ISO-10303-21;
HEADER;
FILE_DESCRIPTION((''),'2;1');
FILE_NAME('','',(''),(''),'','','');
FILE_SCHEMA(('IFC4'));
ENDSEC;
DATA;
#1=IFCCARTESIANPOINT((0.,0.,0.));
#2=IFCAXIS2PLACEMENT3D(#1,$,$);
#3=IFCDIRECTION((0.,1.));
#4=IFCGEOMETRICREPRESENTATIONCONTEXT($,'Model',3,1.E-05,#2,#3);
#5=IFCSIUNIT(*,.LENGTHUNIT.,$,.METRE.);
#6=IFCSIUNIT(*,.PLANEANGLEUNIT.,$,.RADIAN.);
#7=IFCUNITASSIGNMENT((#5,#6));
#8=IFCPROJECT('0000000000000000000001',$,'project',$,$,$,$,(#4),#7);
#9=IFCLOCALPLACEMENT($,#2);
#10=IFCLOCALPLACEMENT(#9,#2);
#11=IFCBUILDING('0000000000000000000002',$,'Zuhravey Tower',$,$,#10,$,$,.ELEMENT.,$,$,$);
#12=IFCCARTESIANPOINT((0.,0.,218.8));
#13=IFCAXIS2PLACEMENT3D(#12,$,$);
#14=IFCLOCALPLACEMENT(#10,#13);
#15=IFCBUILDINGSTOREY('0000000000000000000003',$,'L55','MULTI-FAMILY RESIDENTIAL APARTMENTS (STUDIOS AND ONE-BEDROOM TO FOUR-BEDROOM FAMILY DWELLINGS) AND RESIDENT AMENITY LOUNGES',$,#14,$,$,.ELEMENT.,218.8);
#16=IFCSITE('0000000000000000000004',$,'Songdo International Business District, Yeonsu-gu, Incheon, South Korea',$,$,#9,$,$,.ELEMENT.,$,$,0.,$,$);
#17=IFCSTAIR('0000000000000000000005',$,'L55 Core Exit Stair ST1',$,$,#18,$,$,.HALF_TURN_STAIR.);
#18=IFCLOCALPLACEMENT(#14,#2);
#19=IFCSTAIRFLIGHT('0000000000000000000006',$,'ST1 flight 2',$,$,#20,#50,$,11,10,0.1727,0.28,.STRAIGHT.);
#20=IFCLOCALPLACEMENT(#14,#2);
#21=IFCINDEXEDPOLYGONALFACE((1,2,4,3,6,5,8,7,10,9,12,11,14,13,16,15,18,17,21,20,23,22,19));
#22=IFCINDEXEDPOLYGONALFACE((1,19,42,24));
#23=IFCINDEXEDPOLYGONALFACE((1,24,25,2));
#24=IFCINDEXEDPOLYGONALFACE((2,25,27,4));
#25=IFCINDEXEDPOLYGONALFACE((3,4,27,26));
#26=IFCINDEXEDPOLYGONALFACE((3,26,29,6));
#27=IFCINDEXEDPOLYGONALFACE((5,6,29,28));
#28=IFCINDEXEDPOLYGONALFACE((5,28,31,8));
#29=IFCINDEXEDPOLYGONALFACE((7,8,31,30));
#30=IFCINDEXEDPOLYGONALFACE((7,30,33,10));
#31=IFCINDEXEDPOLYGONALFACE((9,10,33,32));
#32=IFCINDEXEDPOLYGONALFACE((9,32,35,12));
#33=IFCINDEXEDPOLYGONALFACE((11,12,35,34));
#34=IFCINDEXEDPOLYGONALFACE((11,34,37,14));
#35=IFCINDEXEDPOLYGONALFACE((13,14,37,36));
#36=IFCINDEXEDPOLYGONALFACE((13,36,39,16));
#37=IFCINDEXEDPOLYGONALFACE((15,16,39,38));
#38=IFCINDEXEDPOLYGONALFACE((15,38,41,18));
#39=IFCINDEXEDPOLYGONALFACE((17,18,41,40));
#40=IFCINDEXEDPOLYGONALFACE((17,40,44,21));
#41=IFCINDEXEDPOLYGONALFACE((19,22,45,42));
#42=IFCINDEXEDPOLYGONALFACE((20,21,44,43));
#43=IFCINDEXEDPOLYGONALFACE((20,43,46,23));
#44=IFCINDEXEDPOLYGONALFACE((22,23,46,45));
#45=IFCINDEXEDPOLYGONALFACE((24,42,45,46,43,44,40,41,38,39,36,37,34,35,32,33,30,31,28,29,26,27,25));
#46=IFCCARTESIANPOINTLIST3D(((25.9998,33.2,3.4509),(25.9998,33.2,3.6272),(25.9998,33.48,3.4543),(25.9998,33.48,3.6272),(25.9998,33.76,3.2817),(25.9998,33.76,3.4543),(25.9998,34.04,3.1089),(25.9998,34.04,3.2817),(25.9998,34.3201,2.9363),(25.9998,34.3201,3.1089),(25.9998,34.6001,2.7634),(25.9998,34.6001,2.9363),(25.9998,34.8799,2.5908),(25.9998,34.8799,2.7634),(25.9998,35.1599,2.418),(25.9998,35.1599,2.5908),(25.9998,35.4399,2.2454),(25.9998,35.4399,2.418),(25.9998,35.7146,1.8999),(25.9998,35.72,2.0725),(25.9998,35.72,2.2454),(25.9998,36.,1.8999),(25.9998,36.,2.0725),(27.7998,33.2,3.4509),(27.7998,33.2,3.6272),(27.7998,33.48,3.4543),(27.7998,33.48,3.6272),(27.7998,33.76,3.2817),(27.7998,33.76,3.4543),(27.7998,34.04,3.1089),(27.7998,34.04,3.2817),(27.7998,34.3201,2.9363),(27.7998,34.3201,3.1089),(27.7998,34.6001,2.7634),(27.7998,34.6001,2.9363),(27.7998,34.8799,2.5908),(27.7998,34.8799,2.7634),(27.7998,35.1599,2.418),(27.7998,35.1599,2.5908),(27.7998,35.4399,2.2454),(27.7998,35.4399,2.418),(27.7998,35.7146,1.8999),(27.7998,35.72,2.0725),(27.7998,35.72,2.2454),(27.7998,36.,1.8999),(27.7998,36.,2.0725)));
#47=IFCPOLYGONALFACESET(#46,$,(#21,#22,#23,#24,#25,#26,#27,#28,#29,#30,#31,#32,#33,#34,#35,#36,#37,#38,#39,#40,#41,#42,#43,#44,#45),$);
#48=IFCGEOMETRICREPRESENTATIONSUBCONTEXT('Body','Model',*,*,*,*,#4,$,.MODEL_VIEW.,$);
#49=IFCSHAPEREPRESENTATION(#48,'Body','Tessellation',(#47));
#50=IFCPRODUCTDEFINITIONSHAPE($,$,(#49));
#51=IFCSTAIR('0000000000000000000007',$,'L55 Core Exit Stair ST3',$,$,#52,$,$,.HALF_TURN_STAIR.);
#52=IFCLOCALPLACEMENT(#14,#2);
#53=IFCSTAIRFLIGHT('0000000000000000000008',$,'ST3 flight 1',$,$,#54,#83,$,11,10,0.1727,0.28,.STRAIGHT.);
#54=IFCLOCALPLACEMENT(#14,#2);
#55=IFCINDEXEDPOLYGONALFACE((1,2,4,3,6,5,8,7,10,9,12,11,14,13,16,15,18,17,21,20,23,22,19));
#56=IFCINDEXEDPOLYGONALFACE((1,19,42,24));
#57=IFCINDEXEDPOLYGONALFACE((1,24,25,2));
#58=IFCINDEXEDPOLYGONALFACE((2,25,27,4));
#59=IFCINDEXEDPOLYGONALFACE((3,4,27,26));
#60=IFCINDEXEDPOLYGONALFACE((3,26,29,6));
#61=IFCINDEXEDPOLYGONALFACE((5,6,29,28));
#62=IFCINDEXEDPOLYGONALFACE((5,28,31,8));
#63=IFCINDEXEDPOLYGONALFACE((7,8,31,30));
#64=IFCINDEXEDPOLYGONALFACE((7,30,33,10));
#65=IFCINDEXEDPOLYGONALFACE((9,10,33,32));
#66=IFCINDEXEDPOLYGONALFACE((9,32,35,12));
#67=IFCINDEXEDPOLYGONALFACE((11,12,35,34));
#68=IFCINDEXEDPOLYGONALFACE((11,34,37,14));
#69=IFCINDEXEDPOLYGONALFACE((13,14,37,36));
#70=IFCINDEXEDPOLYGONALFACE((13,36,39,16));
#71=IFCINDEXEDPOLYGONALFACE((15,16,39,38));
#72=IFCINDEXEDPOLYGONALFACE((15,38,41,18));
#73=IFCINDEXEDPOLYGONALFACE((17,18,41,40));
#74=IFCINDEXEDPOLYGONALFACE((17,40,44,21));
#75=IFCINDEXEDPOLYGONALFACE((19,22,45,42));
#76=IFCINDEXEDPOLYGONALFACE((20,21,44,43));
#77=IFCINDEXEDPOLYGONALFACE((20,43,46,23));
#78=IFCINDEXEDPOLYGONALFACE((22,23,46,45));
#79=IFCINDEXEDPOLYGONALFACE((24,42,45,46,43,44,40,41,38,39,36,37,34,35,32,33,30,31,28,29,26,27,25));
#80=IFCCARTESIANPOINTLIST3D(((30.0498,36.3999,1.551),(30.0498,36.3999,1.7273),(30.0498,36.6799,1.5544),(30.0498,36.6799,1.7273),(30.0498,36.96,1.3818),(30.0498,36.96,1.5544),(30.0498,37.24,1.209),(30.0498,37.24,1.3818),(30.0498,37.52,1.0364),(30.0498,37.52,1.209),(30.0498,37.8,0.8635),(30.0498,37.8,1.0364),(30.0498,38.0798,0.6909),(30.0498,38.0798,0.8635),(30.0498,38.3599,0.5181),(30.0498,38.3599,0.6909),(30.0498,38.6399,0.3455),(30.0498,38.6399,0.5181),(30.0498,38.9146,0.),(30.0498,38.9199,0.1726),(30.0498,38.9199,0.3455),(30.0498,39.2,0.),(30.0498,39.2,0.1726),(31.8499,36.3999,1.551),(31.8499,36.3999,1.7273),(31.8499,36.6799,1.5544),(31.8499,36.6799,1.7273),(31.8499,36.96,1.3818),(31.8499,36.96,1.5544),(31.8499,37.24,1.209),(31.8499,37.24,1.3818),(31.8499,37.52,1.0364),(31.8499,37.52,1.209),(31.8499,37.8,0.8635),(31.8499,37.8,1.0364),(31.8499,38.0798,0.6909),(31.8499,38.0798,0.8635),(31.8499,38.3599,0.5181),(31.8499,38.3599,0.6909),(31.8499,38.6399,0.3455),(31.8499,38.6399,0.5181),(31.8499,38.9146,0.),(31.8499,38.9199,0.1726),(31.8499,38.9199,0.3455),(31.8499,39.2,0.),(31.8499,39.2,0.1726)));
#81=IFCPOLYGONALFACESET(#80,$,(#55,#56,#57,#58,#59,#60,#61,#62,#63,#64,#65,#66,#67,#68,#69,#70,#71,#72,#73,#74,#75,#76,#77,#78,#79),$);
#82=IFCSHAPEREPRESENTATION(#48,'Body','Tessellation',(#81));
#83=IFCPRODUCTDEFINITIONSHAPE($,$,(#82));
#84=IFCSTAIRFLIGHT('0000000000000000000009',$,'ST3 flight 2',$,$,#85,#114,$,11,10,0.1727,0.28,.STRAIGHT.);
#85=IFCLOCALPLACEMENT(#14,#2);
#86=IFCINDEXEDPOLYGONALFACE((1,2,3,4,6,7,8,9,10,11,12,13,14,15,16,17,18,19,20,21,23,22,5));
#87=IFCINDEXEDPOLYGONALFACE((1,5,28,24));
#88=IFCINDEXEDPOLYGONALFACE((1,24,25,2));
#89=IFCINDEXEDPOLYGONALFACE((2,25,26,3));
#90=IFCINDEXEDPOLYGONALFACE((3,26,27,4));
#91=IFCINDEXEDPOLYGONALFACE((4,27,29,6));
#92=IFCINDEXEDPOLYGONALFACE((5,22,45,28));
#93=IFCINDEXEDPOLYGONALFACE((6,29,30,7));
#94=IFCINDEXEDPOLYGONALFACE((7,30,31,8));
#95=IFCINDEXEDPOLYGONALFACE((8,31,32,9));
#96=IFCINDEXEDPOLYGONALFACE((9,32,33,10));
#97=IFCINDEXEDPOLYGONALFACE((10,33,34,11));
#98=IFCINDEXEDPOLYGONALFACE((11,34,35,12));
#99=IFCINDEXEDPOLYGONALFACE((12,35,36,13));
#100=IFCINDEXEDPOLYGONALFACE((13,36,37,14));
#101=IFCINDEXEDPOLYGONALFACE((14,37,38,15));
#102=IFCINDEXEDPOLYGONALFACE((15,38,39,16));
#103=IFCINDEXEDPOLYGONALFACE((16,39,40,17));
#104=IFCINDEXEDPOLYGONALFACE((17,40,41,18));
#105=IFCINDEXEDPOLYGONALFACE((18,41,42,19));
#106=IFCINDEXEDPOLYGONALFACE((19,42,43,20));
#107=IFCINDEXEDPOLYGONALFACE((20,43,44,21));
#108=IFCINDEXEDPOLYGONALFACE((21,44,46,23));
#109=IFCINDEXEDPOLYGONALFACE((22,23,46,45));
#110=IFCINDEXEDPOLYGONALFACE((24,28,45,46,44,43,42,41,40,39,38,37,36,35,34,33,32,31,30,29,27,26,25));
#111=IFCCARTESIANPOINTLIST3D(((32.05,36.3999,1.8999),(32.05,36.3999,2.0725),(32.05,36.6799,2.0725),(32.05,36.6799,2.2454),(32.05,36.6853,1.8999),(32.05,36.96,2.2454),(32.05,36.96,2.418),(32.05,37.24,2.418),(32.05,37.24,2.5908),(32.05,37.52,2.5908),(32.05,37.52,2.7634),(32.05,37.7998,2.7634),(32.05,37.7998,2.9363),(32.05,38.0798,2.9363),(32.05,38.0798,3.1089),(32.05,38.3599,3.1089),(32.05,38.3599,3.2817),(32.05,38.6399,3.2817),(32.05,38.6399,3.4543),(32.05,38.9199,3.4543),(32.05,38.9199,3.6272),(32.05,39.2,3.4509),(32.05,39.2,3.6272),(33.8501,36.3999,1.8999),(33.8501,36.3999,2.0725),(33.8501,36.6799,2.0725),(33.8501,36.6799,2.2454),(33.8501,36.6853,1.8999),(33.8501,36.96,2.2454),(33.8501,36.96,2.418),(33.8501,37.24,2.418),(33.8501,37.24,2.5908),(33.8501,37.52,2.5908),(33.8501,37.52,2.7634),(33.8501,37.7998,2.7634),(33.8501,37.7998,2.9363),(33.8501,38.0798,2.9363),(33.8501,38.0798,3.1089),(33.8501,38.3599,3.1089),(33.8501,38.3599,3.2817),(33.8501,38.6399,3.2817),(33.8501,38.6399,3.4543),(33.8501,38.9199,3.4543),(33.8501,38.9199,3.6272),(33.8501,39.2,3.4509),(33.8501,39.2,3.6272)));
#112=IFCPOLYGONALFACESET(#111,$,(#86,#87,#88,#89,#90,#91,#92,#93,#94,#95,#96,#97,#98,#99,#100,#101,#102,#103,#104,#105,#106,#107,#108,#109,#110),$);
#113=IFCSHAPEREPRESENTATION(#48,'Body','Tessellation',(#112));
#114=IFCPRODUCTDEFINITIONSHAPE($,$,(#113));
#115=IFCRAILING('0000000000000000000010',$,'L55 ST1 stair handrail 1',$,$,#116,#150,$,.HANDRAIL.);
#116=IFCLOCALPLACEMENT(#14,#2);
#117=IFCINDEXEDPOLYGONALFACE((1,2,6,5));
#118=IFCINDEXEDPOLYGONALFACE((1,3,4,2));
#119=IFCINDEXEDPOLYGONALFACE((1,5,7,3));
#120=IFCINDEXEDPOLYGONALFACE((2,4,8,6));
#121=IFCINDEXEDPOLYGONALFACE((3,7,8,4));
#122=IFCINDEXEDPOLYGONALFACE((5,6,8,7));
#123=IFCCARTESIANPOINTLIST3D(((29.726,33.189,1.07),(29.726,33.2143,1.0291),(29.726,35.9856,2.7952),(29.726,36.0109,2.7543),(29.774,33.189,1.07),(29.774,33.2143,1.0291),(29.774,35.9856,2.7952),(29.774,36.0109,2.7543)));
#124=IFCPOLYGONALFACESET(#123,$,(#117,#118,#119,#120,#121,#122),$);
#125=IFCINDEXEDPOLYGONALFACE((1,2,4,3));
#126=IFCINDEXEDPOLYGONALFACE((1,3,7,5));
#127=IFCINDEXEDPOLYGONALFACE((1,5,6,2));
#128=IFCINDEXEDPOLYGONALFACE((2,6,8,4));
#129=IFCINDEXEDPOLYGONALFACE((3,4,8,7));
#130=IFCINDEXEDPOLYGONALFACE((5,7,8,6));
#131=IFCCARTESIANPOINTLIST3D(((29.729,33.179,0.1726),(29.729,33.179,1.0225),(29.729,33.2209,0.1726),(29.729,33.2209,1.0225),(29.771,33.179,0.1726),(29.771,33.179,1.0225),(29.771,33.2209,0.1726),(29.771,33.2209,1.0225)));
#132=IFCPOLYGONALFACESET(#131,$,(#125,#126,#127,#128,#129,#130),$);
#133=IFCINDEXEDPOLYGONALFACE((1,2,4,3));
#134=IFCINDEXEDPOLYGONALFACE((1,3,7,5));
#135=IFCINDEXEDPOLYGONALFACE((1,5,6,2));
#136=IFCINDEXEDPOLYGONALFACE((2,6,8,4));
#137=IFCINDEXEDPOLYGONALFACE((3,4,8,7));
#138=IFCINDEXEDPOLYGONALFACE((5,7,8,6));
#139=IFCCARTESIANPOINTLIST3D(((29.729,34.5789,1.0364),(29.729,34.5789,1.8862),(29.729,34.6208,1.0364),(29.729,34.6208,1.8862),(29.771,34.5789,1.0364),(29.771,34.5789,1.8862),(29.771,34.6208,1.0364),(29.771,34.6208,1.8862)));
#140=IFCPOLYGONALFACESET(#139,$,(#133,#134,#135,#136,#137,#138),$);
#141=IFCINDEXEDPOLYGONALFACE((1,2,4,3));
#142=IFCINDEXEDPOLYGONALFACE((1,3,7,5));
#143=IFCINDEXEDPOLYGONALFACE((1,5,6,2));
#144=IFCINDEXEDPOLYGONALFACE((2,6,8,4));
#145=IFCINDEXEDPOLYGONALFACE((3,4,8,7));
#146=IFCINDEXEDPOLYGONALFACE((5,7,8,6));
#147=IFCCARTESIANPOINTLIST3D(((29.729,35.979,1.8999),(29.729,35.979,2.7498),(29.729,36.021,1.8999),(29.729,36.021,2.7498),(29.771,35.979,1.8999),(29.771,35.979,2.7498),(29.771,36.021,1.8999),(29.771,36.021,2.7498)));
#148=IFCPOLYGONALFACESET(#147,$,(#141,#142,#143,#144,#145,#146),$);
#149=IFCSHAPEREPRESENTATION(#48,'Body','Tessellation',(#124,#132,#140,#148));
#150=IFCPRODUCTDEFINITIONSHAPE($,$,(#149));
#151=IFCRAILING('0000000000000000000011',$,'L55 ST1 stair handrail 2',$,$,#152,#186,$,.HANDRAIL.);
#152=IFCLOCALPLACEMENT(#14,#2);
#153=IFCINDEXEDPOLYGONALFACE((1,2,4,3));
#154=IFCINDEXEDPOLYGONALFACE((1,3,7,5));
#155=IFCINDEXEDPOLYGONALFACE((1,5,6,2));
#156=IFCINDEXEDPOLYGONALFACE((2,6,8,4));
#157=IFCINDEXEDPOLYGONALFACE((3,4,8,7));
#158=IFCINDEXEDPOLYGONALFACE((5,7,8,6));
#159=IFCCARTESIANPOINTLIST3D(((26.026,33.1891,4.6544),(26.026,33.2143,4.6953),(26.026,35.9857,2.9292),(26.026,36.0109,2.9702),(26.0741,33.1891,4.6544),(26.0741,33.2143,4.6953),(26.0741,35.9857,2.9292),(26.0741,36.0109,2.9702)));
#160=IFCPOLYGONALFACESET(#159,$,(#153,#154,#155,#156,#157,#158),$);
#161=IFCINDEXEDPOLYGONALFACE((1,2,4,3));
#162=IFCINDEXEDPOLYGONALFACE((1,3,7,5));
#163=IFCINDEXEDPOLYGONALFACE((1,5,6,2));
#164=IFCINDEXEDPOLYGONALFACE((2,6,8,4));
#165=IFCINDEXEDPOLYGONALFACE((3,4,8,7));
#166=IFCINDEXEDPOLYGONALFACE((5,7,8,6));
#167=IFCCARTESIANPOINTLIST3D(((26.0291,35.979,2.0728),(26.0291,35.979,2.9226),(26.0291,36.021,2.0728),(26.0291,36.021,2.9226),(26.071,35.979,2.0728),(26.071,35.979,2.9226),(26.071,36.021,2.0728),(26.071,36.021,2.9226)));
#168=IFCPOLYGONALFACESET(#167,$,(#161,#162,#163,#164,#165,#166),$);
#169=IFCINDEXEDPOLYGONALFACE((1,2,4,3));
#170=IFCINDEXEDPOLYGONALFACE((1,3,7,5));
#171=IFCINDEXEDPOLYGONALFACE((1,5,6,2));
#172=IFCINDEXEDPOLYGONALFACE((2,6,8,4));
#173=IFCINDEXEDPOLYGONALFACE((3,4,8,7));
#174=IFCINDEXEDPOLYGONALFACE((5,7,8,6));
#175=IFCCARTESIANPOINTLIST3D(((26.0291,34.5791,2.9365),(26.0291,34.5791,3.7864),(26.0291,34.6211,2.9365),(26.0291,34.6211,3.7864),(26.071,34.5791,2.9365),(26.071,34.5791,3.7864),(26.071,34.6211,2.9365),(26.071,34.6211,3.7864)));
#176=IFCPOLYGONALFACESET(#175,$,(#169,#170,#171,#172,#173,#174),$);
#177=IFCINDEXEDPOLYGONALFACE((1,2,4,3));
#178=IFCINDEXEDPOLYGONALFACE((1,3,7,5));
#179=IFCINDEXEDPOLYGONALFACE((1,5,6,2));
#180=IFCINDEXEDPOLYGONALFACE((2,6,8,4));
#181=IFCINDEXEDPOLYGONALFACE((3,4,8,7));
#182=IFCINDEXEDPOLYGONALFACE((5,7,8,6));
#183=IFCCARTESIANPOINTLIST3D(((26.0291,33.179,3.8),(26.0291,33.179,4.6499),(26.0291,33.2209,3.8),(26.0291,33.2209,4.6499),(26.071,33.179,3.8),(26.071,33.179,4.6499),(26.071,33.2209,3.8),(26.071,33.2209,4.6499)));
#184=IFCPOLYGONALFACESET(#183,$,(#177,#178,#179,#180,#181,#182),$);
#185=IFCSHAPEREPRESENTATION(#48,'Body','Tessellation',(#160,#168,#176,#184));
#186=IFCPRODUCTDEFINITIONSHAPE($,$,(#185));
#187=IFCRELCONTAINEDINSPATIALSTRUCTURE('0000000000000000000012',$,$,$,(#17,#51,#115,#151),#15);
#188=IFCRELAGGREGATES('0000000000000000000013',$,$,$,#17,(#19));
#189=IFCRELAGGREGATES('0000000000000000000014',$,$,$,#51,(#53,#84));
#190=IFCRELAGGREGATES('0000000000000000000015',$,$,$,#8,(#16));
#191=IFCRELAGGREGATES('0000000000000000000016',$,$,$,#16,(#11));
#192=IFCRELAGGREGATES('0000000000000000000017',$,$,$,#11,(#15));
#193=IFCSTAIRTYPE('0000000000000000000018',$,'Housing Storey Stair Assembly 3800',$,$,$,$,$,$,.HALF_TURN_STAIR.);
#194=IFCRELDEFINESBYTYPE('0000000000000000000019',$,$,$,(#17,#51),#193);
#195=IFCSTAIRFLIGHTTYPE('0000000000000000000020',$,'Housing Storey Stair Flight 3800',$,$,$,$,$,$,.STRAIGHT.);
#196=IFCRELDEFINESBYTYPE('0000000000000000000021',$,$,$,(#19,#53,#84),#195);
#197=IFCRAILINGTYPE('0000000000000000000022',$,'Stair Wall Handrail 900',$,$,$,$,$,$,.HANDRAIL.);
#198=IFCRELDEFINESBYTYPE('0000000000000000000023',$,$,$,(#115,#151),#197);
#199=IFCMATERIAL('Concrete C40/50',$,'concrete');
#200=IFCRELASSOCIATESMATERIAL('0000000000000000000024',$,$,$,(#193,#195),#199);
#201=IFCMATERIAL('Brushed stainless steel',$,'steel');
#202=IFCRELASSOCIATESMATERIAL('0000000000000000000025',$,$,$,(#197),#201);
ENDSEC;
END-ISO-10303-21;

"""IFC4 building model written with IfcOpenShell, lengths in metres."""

from ifc_helpers import new_model, si_unit, direction, frame, origin, origin_2d, place, context, subcontext, project, spatial, polyline, rectangle, outline, extrude, material, type_object, element, aggregate, save


model = new_model("IFC4")

# Units and contexts
model_context = context("Model", 3, precision=1e-05, world=origin(), true_north=direction((0.0, 1.0)))
body_context = subcontext(model_context, "Body", "Model", "MODEL_VIEW")
ifc_project = project(units=[si_unit("LENGTHUNIT", "METRE"), si_unit("PLANEANGLEUNIT", "RADIAN")], contexts=[model_context])

# Site, building, storey
site_placement = place(None, origin())
site = spatial("IfcSite", under=ifc_project, at=site_placement, Name="Songdo International Business District, Yeonsu-gu, Incheon, South Korea", CompositionType="ELEMENT", RefElevation=0.0)
building_placement = place(site_placement, origin())
building = spatial("IfcBuilding", under=site, at=building_placement, Name="Zuhravey Tower", CompositionType="ELEMENT")
storey_placement = place(building_placement, frame((0.0, 0.0, 218.8)))
storey = spatial("IfcBuildingStorey", under=building, at=storey_placement, Name="L55", Description="MULTI-FAMILY RESIDENTIAL APARTMENTS (STUDIOS AND ONE-BEDROOM TO FOUR-BEDROOM FAMILY DWELLINGS) AND RESIDENT AMENITY LOUNGES", CompositionType="ELEMENT", Elevation=218.8)

# Stairs, stair flights
ifc_material_1 = material(Name="Concrete C40/50", Category="concrete")
stair_type = type_object("IfcStairType", Name="Housing Storey Stair Assembly 3800", PredefinedType="HALF_TURN_STAIR", material=ifc_material_1)
stair_1_placement = place(storey_placement, origin())
stair_1 = element("IfcStair", 1, at=stair_1_placement, inside=storey, type_object=stair_type, Name="L55 Core Exit Stair ST1", PredefinedType="HALF_TURN_STAIR")
stair_flight_type = type_object("IfcStairFlightType", Name="Housing Storey Stair Flight 3800", PredefinedType="STRAIGHT", material=ifc_material_1)
stair_flight_1_placement = place(storey_placement, frame((26.8999, 36.0, 1.8999), z_axis=(0.0, 0.0, 1.0), x_axis=(0.0, -1.0, 0.0)))
stair_flight_1 = element("IfcStairFlight", 2, at=stair_flight_1_placement, type_object=stair_flight_type, Name="ST1 flight 2", NumberOfRisers=11, NumberOfTreads=10, PredefinedType="STRAIGHT", RiserHeight=0.1727, TreadLength=0.28, context=body_context, shape_type="SweptSolid", body=[
    extrude(outline(polyline([(0.0, 0.0), (0.0, 0.1726), (0.28, 0.1726), (0.28, 0.3455), (0.5601, 0.3455), (0.5601, 0.5181), (0.8401, 0.5181), (0.8401, 0.6909), (1.1201, 0.6909), (1.1201, 0.8635), (1.3999, 0.8635), (1.3999, 1.0364), (1.6799, 1.0364), (1.6799, 1.209), (1.96, 1.209), (1.96, 1.3818), (2.24, 1.3818), (2.24, 1.5544), (2.52, 1.5544), (2.52, 1.7273), (2.8, 1.7273), (2.8, 1.8999), (2.8, 1.551), (0.2854, 0.0), (0.0, 0.0)])), frame((0.0, 0.8999, 0.0), z_axis=(0.0, -1.0, 0.0), x_axis=(1.0, 0.0, 0.0)), (0.0, 0.0, 1.0), 1.8),
])
aggregate(stair_1, [stair_flight_1])
stair_2_placement = place(storey_placement, origin())
stair_2 = element("IfcStair", 3, at=stair_2_placement, inside=storey, type_object=stair_type, Name="L55 Core Exit Stair ST3", PredefinedType="HALF_TURN_STAIR")
stair_flight_2_placement = place(storey_placement, frame((30.95, 39.2, 0.0), z_axis=(0.0, 0.0, 1.0), x_axis=(0.0, -1.0, 0.0)))
stair_flight_2 = element("IfcStairFlight", 4, at=stair_flight_2_placement, type_object=stair_flight_type, Name="ST3 flight 1", NumberOfRisers=11, NumberOfTreads=10, PredefinedType="STRAIGHT", RiserHeight=0.1727, TreadLength=0.28, context=body_context, shape_type="SweptSolid", body=[
    extrude(outline(polyline([(0.0, 0.0), (0.0, 0.1726), (0.28, 0.1726), (0.28, 0.3455), (0.5601, 0.3455), (0.5601, 0.5181), (0.8401, 0.5181), (0.8401, 0.6909), (1.1201, 0.6909), (1.1201, 0.8635), (1.3999, 0.8635), (1.3999, 1.0364), (1.6799, 1.0364), (1.6799, 1.209), (1.96, 1.209), (1.96, 1.3818), (2.24, 1.3818), (2.24, 1.5544), (2.52, 1.5544), (2.52, 1.7273), (2.8, 1.7273), (2.8, 1.8999), (2.8, 1.551), (0.2854, 0.0), (0.0, 0.0)])), frame((0.0, 0.8999, 0.0), z_axis=(0.0, -1.0, 0.0), x_axis=(1.0, 0.0, 0.0)), (0.0, 0.0, 1.0), 1.8),
])
stair_flight_3_placement = place(storey_placement, frame((32.95, 36.3999, 1.8999), z_axis=(0.0, 0.0, 1.0), x_axis=(0.0, 1.0, 0.0)))
stair_flight_3 = element("IfcStairFlight", 5, at=stair_flight_3_placement, type_object=stair_flight_type, Name="ST3 flight 2", NumberOfRisers=11, NumberOfTreads=10, PredefinedType="STRAIGHT", RiserHeight=0.1727, TreadLength=0.28, context=body_context, shape_type="SweptSolid", body=[
    extrude(outline(polyline([(0.0, 0.0), (0.0, 0.1726), (0.28, 0.1726), (0.28, 0.3455), (0.5601, 0.3455), (0.5601, 0.5181), (0.8401, 0.5181), (0.8401, 0.6909), (1.1201, 0.6909), (1.1201, 0.8635), (1.3999, 0.8635), (1.3999, 1.0364), (1.6799, 1.0364), (1.6799, 1.209), (1.96, 1.209), (1.96, 1.3818), (2.24, 1.3818), (2.24, 1.5544), (2.52, 1.5544), (2.52, 1.7273), (2.8, 1.7273), (2.8, 1.8999), (2.8, 1.551), (0.2854, 0.0), (0.0, 0.0)])), frame((0.0, 0.8999, 0.0), z_axis=(0.0, -1.0, 0.0), x_axis=(1.0, 0.0, 0.0)), (0.0, 0.0, 1.0), 1.8),
])
aggregate(stair_2, [stair_flight_2, stair_flight_3])

# Railings
ifc_material_2 = material(Name="Brushed stainless steel", Category="steel")
railing_type_1 = type_object("IfcRailingType", Name="Stair Wall Handrail 900", PredefinedType="HANDRAIL", material=ifc_material_2)
railing_1_placement = place(storey_placement, frame((29.75, 33.2, 0.1726)))
element("IfcRailing", 6, at=railing_1_placement, inside=storey, type_object=railing_type_1, Name="L55 ST1 stair handrail 1", PredefinedType="HANDRAIL", context=body_context, shape_type="SweptSolid", body=[
    extrude(rectangle(XDim=0.0481, YDim=0.0481, at=origin_2d()), frame((0.0, 0.0017, 0.877), z_axis=(0.0, 0.85109, 0.52502), x_axis=(-1.0, 0.0, 0.0)), (0.0, 0.0, 1.0), 3.2859),
    extrude(rectangle(XDim=0.042, YDim=0.042, at=origin_2d()), origin(), (0.0, 0.0, 1.0), 0.8499),
    extrude(rectangle(XDim=0.042, YDim=0.042, at=origin_2d()), frame((0.0, 1.3999, 0.8638)), (0.0, 0.0, 1.0), 0.8499),
    extrude(rectangle(XDim=0.042, YDim=0.042, at=origin_2d()), frame((0.0, 2.8, 1.7273)), (0.0, 0.0, 1.0), 0.8499),
])
for number, where, name in (
    (7, (26.05, 36.0, 2.0728), "L55 ST1 stair handrail 2"),
):
    element("IfcRailing", number, at=place(storey_placement, frame(where)), inside=storey, type_object=railing_type_1, Name=name, PredefinedType="HANDRAIL", context=body_context, shape_type="SweptSolid", body=[
        extrude(rectangle(XDim=0.0481, YDim=0.0481, at=origin_2d()), frame((0.0, -0.0017, 0.877), z_axis=(0.0, -0.85109, 0.52502), x_axis=(1.0, 0.0, 0.0)), (0.0, 0.0, 1.0), 3.2859),
        extrude(rectangle(XDim=0.042, YDim=0.042, at=origin_2d()), origin(), (0.0, 0.0, 1.0), 0.8499),
        extrude(rectangle(XDim=0.042, YDim=0.042, at=origin_2d()), frame((0.0, -1.3999, 0.8638)), (0.0, 0.0, 1.0), 0.8499),
        extrude(rectangle(XDim=0.042, YDim=0.042, at=origin_2d()), frame((0.0, -2.8, 1.7273)), (0.0, 0.0, 1.0), 0.8499),
    ])

save(model, "model.ifc")
